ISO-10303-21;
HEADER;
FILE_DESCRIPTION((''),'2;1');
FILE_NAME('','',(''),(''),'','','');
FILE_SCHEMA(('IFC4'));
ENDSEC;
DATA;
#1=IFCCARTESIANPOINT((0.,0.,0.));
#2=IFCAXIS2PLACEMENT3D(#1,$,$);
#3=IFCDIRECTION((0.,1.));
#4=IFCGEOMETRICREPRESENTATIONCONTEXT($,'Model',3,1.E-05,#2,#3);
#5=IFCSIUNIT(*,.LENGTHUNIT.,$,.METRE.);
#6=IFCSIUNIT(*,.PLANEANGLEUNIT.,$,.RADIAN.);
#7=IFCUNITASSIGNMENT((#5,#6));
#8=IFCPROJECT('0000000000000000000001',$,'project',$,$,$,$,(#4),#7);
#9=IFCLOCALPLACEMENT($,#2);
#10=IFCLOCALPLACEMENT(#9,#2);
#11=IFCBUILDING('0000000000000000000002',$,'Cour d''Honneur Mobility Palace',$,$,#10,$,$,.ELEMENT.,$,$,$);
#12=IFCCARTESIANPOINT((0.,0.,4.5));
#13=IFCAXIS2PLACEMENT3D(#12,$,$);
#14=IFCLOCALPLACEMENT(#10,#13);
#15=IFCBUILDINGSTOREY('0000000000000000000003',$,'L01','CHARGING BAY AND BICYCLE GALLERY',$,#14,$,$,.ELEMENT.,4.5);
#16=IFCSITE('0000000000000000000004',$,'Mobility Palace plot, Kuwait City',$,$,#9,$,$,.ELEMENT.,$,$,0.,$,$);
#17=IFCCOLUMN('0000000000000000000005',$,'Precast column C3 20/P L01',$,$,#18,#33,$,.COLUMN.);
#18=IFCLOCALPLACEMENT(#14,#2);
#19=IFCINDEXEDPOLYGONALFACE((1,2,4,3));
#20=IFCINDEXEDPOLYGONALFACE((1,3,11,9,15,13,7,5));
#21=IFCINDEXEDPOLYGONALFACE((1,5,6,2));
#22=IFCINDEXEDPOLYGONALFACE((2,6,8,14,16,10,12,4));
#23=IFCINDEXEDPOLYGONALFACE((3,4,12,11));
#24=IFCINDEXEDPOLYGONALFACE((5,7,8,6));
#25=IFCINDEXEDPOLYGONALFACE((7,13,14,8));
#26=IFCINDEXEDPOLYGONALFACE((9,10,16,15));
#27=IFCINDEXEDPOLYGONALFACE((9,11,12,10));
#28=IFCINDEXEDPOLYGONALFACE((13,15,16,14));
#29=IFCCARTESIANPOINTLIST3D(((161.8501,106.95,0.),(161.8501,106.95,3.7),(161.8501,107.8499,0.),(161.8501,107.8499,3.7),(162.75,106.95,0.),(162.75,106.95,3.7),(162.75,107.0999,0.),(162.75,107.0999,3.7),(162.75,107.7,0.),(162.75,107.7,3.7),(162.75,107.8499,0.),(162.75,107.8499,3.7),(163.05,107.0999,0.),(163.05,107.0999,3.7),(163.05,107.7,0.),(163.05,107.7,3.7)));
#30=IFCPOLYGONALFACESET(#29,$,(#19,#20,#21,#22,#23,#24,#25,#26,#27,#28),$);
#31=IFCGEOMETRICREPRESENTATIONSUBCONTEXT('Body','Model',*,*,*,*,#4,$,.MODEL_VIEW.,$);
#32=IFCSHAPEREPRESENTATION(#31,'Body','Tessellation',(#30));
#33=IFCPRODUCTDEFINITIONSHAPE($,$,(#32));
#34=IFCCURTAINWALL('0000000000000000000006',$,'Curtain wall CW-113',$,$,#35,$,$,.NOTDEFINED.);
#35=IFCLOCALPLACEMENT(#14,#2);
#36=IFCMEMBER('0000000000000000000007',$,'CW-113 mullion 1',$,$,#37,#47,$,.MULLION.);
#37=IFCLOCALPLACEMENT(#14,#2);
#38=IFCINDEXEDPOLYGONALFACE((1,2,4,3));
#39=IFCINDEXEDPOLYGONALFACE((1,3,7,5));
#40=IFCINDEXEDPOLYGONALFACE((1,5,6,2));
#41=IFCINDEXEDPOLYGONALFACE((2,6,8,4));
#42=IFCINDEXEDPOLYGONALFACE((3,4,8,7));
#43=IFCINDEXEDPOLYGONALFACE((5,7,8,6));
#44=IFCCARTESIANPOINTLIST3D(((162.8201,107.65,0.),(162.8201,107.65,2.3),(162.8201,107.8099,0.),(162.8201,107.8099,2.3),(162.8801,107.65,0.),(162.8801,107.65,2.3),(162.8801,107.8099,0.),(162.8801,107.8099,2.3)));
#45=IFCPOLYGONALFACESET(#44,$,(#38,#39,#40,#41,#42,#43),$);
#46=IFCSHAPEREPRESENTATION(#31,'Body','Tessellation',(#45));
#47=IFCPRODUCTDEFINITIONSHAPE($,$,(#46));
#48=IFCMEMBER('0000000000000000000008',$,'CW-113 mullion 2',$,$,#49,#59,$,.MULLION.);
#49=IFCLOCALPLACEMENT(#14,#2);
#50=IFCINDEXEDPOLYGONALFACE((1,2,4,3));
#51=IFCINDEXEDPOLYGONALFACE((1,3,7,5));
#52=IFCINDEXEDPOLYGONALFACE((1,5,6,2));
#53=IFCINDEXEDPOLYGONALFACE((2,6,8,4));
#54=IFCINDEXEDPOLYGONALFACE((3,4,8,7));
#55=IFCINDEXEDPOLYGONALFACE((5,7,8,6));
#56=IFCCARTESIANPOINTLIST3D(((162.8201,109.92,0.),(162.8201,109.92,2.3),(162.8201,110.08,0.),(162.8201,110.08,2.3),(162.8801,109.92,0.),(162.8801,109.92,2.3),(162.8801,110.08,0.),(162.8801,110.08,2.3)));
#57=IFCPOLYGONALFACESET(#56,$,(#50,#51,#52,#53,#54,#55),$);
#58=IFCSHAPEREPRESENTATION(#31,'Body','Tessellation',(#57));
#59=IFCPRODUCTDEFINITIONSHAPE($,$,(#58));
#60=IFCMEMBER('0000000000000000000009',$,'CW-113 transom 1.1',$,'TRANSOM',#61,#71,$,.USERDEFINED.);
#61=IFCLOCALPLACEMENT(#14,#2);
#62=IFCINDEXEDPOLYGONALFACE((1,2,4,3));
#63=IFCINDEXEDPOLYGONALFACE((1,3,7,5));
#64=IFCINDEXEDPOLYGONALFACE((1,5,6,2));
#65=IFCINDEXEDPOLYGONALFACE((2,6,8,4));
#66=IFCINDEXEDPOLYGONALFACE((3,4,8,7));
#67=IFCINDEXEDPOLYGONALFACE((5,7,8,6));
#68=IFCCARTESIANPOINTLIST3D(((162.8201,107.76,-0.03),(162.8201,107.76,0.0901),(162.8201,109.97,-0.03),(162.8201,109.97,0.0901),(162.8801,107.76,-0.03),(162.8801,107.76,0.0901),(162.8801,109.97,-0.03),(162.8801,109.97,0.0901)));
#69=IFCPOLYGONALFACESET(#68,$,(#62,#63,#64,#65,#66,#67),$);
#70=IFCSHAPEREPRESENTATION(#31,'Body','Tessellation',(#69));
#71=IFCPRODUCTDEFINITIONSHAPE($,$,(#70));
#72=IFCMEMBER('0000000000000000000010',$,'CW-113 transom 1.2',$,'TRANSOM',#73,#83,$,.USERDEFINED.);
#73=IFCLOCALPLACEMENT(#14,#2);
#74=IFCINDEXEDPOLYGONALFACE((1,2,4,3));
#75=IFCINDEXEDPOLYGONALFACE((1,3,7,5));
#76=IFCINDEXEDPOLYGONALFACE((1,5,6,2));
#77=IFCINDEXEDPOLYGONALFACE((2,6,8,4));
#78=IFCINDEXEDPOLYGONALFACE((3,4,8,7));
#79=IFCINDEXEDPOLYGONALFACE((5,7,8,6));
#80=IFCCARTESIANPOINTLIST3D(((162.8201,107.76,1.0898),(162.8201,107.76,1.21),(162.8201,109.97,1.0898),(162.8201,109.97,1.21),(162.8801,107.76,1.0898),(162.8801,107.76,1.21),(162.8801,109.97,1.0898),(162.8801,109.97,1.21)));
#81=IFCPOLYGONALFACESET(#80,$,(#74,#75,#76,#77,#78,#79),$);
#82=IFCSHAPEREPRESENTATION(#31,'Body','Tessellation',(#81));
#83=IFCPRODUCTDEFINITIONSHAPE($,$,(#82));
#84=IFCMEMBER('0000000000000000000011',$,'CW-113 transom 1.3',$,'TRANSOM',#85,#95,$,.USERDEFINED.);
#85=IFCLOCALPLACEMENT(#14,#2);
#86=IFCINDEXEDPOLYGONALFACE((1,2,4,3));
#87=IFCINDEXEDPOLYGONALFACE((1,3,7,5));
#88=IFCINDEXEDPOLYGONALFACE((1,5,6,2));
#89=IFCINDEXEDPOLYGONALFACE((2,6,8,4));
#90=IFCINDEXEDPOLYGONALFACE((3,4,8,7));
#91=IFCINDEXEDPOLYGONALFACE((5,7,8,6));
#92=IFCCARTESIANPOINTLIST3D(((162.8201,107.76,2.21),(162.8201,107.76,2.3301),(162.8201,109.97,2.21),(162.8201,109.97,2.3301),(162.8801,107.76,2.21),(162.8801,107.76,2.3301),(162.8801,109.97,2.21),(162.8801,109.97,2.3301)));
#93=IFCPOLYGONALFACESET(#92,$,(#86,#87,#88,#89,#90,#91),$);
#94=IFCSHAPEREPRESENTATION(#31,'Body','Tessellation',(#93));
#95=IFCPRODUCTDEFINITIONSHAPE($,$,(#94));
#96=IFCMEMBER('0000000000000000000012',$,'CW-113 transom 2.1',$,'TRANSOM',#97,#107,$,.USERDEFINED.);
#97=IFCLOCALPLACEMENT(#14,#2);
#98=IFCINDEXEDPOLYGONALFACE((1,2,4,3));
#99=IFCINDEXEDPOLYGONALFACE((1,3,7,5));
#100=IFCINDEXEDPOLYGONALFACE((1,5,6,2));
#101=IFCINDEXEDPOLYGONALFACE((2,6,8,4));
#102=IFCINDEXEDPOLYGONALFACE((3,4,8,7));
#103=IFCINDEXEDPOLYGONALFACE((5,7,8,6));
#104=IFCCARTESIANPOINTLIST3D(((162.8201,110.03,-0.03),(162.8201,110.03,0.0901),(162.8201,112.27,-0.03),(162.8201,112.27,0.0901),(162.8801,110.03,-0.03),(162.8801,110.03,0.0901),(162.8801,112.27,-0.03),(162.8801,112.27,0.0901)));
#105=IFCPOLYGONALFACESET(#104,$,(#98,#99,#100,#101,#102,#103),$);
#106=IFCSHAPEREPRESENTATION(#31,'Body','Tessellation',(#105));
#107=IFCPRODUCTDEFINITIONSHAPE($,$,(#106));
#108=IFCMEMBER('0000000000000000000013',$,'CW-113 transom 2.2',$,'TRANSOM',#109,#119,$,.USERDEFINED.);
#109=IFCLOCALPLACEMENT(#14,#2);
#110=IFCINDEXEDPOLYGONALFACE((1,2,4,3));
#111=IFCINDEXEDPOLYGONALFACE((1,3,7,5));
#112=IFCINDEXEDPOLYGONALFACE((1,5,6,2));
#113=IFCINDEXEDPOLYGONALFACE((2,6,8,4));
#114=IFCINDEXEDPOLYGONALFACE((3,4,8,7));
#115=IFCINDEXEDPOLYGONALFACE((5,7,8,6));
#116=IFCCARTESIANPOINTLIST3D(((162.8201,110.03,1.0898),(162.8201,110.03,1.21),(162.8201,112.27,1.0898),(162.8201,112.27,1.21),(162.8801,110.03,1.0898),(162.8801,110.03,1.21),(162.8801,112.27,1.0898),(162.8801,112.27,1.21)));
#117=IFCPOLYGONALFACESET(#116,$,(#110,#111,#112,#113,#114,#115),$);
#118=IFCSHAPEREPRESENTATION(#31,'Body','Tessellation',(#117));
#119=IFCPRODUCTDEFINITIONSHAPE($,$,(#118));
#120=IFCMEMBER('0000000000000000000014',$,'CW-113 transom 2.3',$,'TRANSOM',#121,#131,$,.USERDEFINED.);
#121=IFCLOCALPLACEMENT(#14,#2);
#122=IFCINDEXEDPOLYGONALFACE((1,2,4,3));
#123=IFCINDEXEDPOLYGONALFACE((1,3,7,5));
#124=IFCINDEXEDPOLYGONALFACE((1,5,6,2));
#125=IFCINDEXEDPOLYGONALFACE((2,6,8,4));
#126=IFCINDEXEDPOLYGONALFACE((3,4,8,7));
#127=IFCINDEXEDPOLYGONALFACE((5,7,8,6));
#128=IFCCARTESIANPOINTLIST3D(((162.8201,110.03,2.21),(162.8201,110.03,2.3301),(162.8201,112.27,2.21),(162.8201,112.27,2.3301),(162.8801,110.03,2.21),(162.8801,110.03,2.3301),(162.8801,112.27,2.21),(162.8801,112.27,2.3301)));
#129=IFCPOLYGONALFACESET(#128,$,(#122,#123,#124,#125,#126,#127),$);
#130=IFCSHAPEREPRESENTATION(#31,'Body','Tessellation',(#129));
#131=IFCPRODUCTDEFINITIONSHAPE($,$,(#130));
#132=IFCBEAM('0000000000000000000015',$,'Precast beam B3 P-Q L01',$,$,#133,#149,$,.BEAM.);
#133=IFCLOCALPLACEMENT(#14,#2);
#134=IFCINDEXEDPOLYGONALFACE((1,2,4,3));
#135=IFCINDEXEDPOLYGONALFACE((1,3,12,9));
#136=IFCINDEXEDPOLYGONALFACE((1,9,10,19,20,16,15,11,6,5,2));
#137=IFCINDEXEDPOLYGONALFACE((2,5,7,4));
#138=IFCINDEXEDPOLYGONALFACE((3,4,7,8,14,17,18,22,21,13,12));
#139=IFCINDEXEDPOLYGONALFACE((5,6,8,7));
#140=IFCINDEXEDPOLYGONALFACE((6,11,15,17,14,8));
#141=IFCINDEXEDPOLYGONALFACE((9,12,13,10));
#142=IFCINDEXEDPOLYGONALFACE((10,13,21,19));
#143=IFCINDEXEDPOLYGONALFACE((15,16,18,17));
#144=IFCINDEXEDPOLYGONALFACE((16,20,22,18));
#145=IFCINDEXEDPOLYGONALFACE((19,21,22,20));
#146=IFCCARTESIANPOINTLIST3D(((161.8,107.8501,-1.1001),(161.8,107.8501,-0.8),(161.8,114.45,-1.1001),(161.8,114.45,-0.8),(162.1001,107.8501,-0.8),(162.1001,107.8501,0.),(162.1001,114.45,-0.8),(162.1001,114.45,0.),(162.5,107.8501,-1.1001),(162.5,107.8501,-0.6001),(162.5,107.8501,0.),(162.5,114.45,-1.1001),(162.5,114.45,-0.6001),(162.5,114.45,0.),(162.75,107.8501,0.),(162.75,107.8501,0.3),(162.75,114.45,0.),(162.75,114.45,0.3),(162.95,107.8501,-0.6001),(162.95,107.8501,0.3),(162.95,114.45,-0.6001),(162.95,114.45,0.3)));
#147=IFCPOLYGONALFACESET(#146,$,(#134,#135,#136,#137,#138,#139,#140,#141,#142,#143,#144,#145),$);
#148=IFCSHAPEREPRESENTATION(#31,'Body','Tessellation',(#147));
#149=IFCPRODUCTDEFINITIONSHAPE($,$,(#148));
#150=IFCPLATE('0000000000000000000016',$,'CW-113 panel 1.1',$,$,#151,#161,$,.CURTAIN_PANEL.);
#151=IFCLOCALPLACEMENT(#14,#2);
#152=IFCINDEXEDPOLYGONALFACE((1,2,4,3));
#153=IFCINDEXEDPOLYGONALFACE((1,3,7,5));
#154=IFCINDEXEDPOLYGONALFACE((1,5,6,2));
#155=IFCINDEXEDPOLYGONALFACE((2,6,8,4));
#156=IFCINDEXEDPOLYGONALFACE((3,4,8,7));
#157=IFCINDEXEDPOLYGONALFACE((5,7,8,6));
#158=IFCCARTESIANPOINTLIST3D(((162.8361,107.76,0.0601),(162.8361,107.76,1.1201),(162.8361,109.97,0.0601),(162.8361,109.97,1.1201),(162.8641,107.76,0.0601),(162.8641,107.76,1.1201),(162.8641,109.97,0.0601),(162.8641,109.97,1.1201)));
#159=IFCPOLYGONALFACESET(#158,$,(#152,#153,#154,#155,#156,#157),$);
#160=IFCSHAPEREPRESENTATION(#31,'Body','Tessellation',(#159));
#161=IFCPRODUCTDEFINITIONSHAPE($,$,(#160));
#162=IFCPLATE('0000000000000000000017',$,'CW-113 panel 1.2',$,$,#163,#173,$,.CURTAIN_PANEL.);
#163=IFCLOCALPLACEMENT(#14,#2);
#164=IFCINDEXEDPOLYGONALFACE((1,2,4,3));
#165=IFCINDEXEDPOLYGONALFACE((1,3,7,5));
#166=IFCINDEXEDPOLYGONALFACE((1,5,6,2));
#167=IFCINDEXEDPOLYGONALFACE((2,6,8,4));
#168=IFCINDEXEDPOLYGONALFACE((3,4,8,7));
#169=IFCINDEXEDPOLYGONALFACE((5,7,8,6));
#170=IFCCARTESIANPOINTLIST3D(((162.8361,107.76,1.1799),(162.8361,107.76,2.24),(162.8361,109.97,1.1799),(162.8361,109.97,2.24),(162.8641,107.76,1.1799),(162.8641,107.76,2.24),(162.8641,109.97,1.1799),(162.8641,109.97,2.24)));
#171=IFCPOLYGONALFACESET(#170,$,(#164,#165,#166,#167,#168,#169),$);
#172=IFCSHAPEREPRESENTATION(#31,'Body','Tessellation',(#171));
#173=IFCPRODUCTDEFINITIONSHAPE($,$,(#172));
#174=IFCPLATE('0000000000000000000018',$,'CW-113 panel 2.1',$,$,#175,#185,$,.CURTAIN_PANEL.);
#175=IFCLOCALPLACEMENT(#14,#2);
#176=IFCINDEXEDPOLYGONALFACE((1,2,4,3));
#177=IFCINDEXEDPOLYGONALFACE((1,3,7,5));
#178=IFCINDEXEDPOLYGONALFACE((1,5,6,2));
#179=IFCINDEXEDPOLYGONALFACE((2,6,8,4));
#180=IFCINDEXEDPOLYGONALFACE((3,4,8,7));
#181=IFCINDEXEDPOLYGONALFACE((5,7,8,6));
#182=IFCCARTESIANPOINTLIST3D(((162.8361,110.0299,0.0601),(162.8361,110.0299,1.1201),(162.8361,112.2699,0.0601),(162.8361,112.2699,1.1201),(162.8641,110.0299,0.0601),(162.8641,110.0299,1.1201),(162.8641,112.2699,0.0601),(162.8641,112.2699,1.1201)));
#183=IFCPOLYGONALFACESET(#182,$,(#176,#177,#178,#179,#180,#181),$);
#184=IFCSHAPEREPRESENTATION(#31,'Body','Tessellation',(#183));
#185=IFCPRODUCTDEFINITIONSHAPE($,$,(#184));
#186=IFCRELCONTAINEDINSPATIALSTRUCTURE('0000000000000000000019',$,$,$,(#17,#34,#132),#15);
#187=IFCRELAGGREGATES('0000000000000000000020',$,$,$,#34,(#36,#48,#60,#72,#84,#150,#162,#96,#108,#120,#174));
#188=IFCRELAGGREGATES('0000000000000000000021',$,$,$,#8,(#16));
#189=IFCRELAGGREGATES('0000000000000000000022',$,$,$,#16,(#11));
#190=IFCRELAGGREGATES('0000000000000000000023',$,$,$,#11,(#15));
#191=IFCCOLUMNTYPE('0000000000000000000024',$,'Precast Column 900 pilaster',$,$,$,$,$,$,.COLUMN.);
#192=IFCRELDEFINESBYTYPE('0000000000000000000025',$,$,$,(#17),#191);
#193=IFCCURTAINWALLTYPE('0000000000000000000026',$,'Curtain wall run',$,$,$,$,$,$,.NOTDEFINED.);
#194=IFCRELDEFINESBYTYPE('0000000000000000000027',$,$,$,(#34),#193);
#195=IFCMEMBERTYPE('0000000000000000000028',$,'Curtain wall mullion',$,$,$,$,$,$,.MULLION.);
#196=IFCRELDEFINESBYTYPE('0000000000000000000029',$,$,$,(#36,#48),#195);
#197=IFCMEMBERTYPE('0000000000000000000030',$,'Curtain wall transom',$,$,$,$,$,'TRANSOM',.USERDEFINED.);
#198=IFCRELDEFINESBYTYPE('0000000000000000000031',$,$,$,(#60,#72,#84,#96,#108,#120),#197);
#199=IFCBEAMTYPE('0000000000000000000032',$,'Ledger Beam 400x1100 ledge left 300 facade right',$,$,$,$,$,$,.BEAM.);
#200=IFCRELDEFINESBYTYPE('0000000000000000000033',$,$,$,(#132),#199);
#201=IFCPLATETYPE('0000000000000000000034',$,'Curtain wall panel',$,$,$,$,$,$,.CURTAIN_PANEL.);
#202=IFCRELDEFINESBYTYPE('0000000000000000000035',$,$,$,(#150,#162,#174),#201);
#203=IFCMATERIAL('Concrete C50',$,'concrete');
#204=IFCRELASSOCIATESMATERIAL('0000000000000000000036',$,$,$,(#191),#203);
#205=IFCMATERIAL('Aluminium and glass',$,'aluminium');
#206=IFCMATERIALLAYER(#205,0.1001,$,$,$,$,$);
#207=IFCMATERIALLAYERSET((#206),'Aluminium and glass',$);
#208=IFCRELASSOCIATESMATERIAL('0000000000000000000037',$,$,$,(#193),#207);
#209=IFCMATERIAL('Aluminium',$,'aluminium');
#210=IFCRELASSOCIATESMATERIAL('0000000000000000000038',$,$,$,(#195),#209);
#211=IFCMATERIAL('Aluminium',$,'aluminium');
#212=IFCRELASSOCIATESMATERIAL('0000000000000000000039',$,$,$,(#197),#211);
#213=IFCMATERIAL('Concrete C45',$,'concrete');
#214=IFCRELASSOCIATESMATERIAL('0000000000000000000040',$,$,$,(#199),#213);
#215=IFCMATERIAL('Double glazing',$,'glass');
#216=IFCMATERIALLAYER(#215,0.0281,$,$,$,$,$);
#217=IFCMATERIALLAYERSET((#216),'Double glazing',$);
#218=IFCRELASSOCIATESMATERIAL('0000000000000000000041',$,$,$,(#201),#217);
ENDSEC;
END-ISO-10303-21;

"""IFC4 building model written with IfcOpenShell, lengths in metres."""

from ifc_helpers import new_model, si_unit, direction, frame, origin, origin_2d, place, context, subcontext, project, spatial, polyline, rectangle, outline, extrude, material, layer, layer_set, material_profile, profile_set, type_object, element, aggregate, save


model = new_model("IFC4")

# Units and contexts
model_context = context("Model", 3, precision=1e-05, world=origin(), true_north=direction((0.0, 1.0)))
body_context = subcontext(model_context, "Body", "Model", "MODEL_VIEW")
ifc_project = project(units=[si_unit("LENGTHUNIT", "METRE"), si_unit("PLANEANGLEUNIT", "RADIAN")], contexts=[model_context])

# Site, building, storey
site_placement = place(None, origin())
site = spatial("IfcSite", under=ifc_project, at=site_placement, Name="Mobility Palace plot, Kuwait City", CompositionType="ELEMENT", RefElevation=0.0)
building_placement = place(site_placement, origin())
building = spatial("IfcBuilding", under=site, at=building_placement, Name="Cour d'Honneur Mobility Palace", CompositionType="ELEMENT")
storey_placement = place(building_placement, frame((0.0, 0.0, 4.5)))
storey = spatial("IfcBuildingStorey", under=building, at=storey_placement, Name="L01", Description="CHARGING BAY AND BICYCLE GALLERY", CompositionType="ELEMENT", Elevation=4.5)

# Column
ifc_material_1 = material(Name="Concrete C50", Category="concrete")
ifc_material_profile_1 = material_profile(ifc_material_1, outline(polyline([(-0.45, -0.45), (0.45, -0.45), (0.45, -0.3), (0.75, -0.3), (0.75, 0.3), (0.45, 0.3), (0.45, 0.45), (-0.45, 0.45), (-0.45, -0.45)])), Name="PC C900 pilaster")
ifc_profile_set_1 = profile_set([ifc_material_profile_1], Name="Concrete C50")
column_type = type_object("IfcColumnType", Name="Precast Column 900 pilaster", PredefinedType="COLUMN", material=ifc_profile_set_1)
column_placement = place(storey_placement, frame((162.3, 107.3999, 0.0), z_axis=(0.0, 0.0, 1.0), x_axis=(1.0, 0.0, 0.0)))
element("IfcColumn", 1, at=column_placement, inside=storey, type_object=column_type, Name="Precast column C3 20/P L01", PredefinedType="COLUMN", context=body_context, shape_type="SweptSolid", body=[
    extrude(outline(polyline([(-0.45, -0.45), (0.45, -0.45), (0.45, -0.3), (0.75, -0.3), (0.75, 0.3), (0.45, 0.3), (0.45, 0.45), (-0.45, 0.45), (-0.45, -0.45)])), origin(), (0.0, 0.0, 1.0), 3.7),
])

# Curtain wall, members
ifc_material_2 = material(Name="Aluminium and glass", Category="aluminium")
ifc_layer_1 = layer(ifc_material_2, 0.1001)
ifc_layer_set_1 = layer_set([ifc_layer_1], Name="Aluminium and glass")
curtain_wall_type = type_object("IfcCurtainWallType", Name="Curtain wall run", PredefinedType="NOTDEFINED", material=ifc_layer_set_1)
curtain_wall_placement = place(storey_placement, origin())
curtain_wall = element("IfcCurtainWall", 2, at=curtain_wall_placement, inside=storey, type_object=curtain_wall_type, Name="Curtain wall CW-113", PredefinedType="NOTDEFINED")
ifc_material_3 = material(Name="Aluminium", Category="aluminium")
ifc_material_profile_2 = material_profile(ifc_material_3, rectangle(XDim=0.0601, YDim=0.1599, at=origin_2d()), Name="Curtain wall mullion")
ifc_profile_set_2 = profile_set([ifc_material_profile_2], Name="Aluminium")
member_type_1 = type_object("IfcMemberType", Name="Curtain wall mullion", PredefinedType="MULLION", material=ifc_profile_set_2)
member_1_placement = place(storey_placement, frame((162.8501, 107.73, 0.0), z_axis=(0.0, 0.0, 1.0), x_axis=(-1.0, 0.0, 0.0)))
member_1 = element("IfcMember", 3, at=member_1_placement, type_object=member_type_1, Name="CW-113 mullion 1", PredefinedType="MULLION", context=body_context, shape_type="SweptSolid", body=[
    extrude(rectangle(XDim=0.0601, YDim=0.1599, at=origin_2d()), origin(), (0.0, 0.0, 1.0), 2.3),
])
member_2_placement = place(storey_placement, frame((162.8501, 110.0, 0.0), z_axis=(0.0, 0.0, 1.0), x_axis=(-1.0, 0.0, 0.0)))
member_2 = element("IfcMember", 4, at=member_2_placement, type_object=member_type_1, Name="CW-113 mullion 2", PredefinedType="MULLION", context=body_context, shape_type="SweptSolid", body=[
    extrude(rectangle(XDim=0.0601, YDim=0.1599, at=origin_2d()), origin(), (0.0, 0.0, 1.0), 2.3),
])
ifc_material_4 = material(Name="Aluminium", Category="aluminium")
ifc_material_profile_3 = material_profile(ifc_material_4, rectangle(XDim=0.0601, YDim=0.1201, at=origin_2d()), Name="Curtain wall transom")
ifc_profile_set_3 = profile_set([ifc_material_profile_3], Name="Aluminium")
member_type_2 = type_object("IfcMemberType", Name="Curtain wall transom", ElementType="TRANSOM", PredefinedType="USERDEFINED", material=ifc_profile_set_3)
member_3_placement = place(storey_placement, frame((162.8501, 107.76, 0.03), z_axis=(0.0, 1.0, 0.0), x_axis=(-1.0, 0.0, 0.0)))
member_3 = element("IfcMember", 5, at=member_3_placement, type_object=member_type_2, Name="CW-113 transom 1.1", ObjectType="TRANSOM", PredefinedType="USERDEFINED", context=body_context, shape_type="SweptSolid", body=[
    extrude(rectangle(XDim=0.0601, YDim=0.1201, at=origin_2d()), origin(), (0.0, 0.0, 1.0), 2.21),
])
member_4_placement = place(storey_placement, frame((162.8501, 107.76, 1.1499), z_axis=(0.0, 1.0, 0.0), x_axis=(-1.0, 0.0, 0.0)))
member_4 = element("IfcMember", 6, at=member_4_placement, type_object=member_type_2, Name="CW-113 transom 1.2", ObjectType="TRANSOM", PredefinedType="USERDEFINED", context=body_context, shape_type="SweptSolid", body=[
    extrude(rectangle(XDim=0.0601, YDim=0.1201, at=origin_2d()), origin(), (0.0, 0.0, 1.0), 2.21),
])
member_5_placement = place(storey_placement, frame((162.8501, 107.76, 2.27), z_axis=(0.0, 1.0, 0.0), x_axis=(-1.0, 0.0, 0.0)))
member_5 = element("IfcMember", 7, at=member_5_placement, type_object=member_type_2, Name="CW-113 transom 1.3", ObjectType="TRANSOM", PredefinedType="USERDEFINED", context=body_context, shape_type="SweptSolid", body=[
    extrude(rectangle(XDim=0.0601, YDim=0.1201, at=origin_2d()), origin(), (0.0, 0.0, 1.0), 2.21),
])
member_6_placement = place(storey_placement, frame((162.8501, 110.03, 0.03), z_axis=(0.0, 1.0, 0.0), x_axis=(-1.0, 0.0, 0.0)))
member_6 = element("IfcMember", 8, at=member_6_placement, type_object=member_type_2, Name="CW-113 transom 2.1", ObjectType="TRANSOM", PredefinedType="USERDEFINED", context=body_context, shape_type="SweptSolid", body=[
    extrude(rectangle(XDim=0.0601, YDim=0.1201, at=origin_2d()), origin(), (0.0, 0.0, 1.0), 2.24),
])
member_7_placement = place(storey_placement, frame((162.8501, 110.03, 1.1499), z_axis=(0.0, 1.0, 0.0), x_axis=(-1.0, 0.0, 0.0)))
member_7 = element("IfcMember", 9, at=member_7_placement, type_object=member_type_2, Name="CW-113 transom 2.2", ObjectType="TRANSOM", PredefinedType="USERDEFINED", context=body_context, shape_type="SweptSolid", body=[
    extrude(rectangle(XDim=0.0601, YDim=0.1201, at=origin_2d()), origin(), (0.0, 0.0, 1.0), 2.24),
])
member_8_placement = place(storey_placement, frame((162.8501, 110.03, 2.27), z_axis=(0.0, 1.0, 0.0), x_axis=(-1.0, 0.0, 0.0)))
member_8 = element("IfcMember", 10, at=member_8_placement, type_object=member_type_2, Name="CW-113 transom 2.3", ObjectType="TRANSOM", PredefinedType="USERDEFINED", context=body_context, shape_type="SweptSolid", body=[
    extrude(rectangle(XDim=0.0601, YDim=0.1201, at=origin_2d()), origin(), (0.0, 0.0, 1.0), 2.24),
])

# Beam
ifc_material_5 = material(Name="Concrete C45", Category="concrete")
ifc_material_profile_4 = material_profile(ifc_material_5, outline(polyline([(0.5, -1.1001), (0.5, -0.8), (0.2, -0.8), (0.2, 0.0), (-0.2, 0.0), (-0.45, 0.0), (-0.45, 0.3), (-0.6499, 0.3), (-0.6499, -0.6001), (-0.2, -0.6001), (-0.2, -1.1001), (0.5, -1.1001)])), Name="Ledger Beam 400x1100 ledge left 300 facade right")
ifc_profile_set_4 = profile_set([ifc_material_profile_4], Name="Concrete C45")
beam_type = type_object("IfcBeamType", Name="Ledger Beam 400x1100 ledge left 300 facade right", PredefinedType="BEAM", material=ifc_profile_set_4)
beam_placement = place(storey_placement, frame((162.3, 107.8501, 0.0), z_axis=(0.0, 1.0, 0.0), x_axis=(-1.0, 0.0, 0.0)))
element("IfcBeam", 11, at=beam_placement, inside=storey, type_object=beam_type, Name="Precast beam B3 P-Q L01", PredefinedType="BEAM", context=body_context, shape_type="SweptSolid", body=[
    extrude(outline(polyline([(0.5, -1.1001), (0.5, -0.8), (0.2, -0.8), (0.2, 0.0), (-0.2, 0.0), (-0.45, 0.0), (-0.45, 0.3), (-0.6499, 0.3), (-0.6499, -0.6001), (-0.2, -0.6001), (-0.2, -1.1001), (0.5, -1.1001)])), origin(), (0.0, 0.0, 1.0), 6.5999),
])

# Plates
ifc_material_6 = material(Name="Double glazing", Category="glass")
ifc_layer_2 = layer(ifc_material_6, 0.0281)
ifc_layer_set_2 = layer_set([ifc_layer_2], Name="Double glazing")
plate_type = type_object("IfcPlateType", Name="Curtain wall panel", PredefinedType="CURTAIN_PANEL", material=ifc_layer_set_2)
plate_1_placement = place(storey_placement, frame((162.8501, 108.865, 0.0601), z_axis=(0.0, 0.0, 1.0), x_axis=(0.0, 1.0, 0.0)))
plate_1 = element("IfcPlate", 12, at=plate_1_placement, type_object=plate_type, Name="CW-113 panel 1.1", PredefinedType="CURTAIN_PANEL", context=body_context, shape_type="SweptSolid", body=[
    extrude(rectangle(XDim=2.21, YDim=0.0281, at=origin_2d()), origin(), (0.0, 0.0, 1.0), 1.0601),
])
plate_2_placement = place(storey_placement, frame((162.8501, 108.865, 1.1799), z_axis=(0.0, 0.0, 1.0), x_axis=(0.0, 1.0, 0.0)))
plate_2 = element("IfcPlate", 13, at=plate_2_placement, type_object=plate_type, Name="CW-113 panel 1.2", PredefinedType="CURTAIN_PANEL", context=body_context, shape_type="SweptSolid", body=[
    extrude(rectangle(XDim=2.21, YDim=0.0281, at=origin_2d()), origin(), (0.0, 0.0, 1.0), 1.0601),
])
plate_3_placement = place(storey_placement, frame((162.8501, 111.1499, 0.0601), z_axis=(0.0, 0.0, 1.0), x_axis=(0.0, 1.0, 0.0)))
plate_3 = element("IfcPlate", 14, at=plate_3_placement, type_object=plate_type, Name="CW-113 panel 2.1", PredefinedType="CURTAIN_PANEL", context=body_context, shape_type="SweptSolid", body=[
    extrude(rectangle(XDim=2.24, YDim=0.0281, at=origin_2d()), origin(), (0.0, 0.0, 1.0), 1.0601),
])
aggregate(curtain_wall, [member_1, member_2, member_3, member_4, member_5, plate_1, plate_2, member_6, member_7, member_8, plate_3])

save(model, "model.ifc")
